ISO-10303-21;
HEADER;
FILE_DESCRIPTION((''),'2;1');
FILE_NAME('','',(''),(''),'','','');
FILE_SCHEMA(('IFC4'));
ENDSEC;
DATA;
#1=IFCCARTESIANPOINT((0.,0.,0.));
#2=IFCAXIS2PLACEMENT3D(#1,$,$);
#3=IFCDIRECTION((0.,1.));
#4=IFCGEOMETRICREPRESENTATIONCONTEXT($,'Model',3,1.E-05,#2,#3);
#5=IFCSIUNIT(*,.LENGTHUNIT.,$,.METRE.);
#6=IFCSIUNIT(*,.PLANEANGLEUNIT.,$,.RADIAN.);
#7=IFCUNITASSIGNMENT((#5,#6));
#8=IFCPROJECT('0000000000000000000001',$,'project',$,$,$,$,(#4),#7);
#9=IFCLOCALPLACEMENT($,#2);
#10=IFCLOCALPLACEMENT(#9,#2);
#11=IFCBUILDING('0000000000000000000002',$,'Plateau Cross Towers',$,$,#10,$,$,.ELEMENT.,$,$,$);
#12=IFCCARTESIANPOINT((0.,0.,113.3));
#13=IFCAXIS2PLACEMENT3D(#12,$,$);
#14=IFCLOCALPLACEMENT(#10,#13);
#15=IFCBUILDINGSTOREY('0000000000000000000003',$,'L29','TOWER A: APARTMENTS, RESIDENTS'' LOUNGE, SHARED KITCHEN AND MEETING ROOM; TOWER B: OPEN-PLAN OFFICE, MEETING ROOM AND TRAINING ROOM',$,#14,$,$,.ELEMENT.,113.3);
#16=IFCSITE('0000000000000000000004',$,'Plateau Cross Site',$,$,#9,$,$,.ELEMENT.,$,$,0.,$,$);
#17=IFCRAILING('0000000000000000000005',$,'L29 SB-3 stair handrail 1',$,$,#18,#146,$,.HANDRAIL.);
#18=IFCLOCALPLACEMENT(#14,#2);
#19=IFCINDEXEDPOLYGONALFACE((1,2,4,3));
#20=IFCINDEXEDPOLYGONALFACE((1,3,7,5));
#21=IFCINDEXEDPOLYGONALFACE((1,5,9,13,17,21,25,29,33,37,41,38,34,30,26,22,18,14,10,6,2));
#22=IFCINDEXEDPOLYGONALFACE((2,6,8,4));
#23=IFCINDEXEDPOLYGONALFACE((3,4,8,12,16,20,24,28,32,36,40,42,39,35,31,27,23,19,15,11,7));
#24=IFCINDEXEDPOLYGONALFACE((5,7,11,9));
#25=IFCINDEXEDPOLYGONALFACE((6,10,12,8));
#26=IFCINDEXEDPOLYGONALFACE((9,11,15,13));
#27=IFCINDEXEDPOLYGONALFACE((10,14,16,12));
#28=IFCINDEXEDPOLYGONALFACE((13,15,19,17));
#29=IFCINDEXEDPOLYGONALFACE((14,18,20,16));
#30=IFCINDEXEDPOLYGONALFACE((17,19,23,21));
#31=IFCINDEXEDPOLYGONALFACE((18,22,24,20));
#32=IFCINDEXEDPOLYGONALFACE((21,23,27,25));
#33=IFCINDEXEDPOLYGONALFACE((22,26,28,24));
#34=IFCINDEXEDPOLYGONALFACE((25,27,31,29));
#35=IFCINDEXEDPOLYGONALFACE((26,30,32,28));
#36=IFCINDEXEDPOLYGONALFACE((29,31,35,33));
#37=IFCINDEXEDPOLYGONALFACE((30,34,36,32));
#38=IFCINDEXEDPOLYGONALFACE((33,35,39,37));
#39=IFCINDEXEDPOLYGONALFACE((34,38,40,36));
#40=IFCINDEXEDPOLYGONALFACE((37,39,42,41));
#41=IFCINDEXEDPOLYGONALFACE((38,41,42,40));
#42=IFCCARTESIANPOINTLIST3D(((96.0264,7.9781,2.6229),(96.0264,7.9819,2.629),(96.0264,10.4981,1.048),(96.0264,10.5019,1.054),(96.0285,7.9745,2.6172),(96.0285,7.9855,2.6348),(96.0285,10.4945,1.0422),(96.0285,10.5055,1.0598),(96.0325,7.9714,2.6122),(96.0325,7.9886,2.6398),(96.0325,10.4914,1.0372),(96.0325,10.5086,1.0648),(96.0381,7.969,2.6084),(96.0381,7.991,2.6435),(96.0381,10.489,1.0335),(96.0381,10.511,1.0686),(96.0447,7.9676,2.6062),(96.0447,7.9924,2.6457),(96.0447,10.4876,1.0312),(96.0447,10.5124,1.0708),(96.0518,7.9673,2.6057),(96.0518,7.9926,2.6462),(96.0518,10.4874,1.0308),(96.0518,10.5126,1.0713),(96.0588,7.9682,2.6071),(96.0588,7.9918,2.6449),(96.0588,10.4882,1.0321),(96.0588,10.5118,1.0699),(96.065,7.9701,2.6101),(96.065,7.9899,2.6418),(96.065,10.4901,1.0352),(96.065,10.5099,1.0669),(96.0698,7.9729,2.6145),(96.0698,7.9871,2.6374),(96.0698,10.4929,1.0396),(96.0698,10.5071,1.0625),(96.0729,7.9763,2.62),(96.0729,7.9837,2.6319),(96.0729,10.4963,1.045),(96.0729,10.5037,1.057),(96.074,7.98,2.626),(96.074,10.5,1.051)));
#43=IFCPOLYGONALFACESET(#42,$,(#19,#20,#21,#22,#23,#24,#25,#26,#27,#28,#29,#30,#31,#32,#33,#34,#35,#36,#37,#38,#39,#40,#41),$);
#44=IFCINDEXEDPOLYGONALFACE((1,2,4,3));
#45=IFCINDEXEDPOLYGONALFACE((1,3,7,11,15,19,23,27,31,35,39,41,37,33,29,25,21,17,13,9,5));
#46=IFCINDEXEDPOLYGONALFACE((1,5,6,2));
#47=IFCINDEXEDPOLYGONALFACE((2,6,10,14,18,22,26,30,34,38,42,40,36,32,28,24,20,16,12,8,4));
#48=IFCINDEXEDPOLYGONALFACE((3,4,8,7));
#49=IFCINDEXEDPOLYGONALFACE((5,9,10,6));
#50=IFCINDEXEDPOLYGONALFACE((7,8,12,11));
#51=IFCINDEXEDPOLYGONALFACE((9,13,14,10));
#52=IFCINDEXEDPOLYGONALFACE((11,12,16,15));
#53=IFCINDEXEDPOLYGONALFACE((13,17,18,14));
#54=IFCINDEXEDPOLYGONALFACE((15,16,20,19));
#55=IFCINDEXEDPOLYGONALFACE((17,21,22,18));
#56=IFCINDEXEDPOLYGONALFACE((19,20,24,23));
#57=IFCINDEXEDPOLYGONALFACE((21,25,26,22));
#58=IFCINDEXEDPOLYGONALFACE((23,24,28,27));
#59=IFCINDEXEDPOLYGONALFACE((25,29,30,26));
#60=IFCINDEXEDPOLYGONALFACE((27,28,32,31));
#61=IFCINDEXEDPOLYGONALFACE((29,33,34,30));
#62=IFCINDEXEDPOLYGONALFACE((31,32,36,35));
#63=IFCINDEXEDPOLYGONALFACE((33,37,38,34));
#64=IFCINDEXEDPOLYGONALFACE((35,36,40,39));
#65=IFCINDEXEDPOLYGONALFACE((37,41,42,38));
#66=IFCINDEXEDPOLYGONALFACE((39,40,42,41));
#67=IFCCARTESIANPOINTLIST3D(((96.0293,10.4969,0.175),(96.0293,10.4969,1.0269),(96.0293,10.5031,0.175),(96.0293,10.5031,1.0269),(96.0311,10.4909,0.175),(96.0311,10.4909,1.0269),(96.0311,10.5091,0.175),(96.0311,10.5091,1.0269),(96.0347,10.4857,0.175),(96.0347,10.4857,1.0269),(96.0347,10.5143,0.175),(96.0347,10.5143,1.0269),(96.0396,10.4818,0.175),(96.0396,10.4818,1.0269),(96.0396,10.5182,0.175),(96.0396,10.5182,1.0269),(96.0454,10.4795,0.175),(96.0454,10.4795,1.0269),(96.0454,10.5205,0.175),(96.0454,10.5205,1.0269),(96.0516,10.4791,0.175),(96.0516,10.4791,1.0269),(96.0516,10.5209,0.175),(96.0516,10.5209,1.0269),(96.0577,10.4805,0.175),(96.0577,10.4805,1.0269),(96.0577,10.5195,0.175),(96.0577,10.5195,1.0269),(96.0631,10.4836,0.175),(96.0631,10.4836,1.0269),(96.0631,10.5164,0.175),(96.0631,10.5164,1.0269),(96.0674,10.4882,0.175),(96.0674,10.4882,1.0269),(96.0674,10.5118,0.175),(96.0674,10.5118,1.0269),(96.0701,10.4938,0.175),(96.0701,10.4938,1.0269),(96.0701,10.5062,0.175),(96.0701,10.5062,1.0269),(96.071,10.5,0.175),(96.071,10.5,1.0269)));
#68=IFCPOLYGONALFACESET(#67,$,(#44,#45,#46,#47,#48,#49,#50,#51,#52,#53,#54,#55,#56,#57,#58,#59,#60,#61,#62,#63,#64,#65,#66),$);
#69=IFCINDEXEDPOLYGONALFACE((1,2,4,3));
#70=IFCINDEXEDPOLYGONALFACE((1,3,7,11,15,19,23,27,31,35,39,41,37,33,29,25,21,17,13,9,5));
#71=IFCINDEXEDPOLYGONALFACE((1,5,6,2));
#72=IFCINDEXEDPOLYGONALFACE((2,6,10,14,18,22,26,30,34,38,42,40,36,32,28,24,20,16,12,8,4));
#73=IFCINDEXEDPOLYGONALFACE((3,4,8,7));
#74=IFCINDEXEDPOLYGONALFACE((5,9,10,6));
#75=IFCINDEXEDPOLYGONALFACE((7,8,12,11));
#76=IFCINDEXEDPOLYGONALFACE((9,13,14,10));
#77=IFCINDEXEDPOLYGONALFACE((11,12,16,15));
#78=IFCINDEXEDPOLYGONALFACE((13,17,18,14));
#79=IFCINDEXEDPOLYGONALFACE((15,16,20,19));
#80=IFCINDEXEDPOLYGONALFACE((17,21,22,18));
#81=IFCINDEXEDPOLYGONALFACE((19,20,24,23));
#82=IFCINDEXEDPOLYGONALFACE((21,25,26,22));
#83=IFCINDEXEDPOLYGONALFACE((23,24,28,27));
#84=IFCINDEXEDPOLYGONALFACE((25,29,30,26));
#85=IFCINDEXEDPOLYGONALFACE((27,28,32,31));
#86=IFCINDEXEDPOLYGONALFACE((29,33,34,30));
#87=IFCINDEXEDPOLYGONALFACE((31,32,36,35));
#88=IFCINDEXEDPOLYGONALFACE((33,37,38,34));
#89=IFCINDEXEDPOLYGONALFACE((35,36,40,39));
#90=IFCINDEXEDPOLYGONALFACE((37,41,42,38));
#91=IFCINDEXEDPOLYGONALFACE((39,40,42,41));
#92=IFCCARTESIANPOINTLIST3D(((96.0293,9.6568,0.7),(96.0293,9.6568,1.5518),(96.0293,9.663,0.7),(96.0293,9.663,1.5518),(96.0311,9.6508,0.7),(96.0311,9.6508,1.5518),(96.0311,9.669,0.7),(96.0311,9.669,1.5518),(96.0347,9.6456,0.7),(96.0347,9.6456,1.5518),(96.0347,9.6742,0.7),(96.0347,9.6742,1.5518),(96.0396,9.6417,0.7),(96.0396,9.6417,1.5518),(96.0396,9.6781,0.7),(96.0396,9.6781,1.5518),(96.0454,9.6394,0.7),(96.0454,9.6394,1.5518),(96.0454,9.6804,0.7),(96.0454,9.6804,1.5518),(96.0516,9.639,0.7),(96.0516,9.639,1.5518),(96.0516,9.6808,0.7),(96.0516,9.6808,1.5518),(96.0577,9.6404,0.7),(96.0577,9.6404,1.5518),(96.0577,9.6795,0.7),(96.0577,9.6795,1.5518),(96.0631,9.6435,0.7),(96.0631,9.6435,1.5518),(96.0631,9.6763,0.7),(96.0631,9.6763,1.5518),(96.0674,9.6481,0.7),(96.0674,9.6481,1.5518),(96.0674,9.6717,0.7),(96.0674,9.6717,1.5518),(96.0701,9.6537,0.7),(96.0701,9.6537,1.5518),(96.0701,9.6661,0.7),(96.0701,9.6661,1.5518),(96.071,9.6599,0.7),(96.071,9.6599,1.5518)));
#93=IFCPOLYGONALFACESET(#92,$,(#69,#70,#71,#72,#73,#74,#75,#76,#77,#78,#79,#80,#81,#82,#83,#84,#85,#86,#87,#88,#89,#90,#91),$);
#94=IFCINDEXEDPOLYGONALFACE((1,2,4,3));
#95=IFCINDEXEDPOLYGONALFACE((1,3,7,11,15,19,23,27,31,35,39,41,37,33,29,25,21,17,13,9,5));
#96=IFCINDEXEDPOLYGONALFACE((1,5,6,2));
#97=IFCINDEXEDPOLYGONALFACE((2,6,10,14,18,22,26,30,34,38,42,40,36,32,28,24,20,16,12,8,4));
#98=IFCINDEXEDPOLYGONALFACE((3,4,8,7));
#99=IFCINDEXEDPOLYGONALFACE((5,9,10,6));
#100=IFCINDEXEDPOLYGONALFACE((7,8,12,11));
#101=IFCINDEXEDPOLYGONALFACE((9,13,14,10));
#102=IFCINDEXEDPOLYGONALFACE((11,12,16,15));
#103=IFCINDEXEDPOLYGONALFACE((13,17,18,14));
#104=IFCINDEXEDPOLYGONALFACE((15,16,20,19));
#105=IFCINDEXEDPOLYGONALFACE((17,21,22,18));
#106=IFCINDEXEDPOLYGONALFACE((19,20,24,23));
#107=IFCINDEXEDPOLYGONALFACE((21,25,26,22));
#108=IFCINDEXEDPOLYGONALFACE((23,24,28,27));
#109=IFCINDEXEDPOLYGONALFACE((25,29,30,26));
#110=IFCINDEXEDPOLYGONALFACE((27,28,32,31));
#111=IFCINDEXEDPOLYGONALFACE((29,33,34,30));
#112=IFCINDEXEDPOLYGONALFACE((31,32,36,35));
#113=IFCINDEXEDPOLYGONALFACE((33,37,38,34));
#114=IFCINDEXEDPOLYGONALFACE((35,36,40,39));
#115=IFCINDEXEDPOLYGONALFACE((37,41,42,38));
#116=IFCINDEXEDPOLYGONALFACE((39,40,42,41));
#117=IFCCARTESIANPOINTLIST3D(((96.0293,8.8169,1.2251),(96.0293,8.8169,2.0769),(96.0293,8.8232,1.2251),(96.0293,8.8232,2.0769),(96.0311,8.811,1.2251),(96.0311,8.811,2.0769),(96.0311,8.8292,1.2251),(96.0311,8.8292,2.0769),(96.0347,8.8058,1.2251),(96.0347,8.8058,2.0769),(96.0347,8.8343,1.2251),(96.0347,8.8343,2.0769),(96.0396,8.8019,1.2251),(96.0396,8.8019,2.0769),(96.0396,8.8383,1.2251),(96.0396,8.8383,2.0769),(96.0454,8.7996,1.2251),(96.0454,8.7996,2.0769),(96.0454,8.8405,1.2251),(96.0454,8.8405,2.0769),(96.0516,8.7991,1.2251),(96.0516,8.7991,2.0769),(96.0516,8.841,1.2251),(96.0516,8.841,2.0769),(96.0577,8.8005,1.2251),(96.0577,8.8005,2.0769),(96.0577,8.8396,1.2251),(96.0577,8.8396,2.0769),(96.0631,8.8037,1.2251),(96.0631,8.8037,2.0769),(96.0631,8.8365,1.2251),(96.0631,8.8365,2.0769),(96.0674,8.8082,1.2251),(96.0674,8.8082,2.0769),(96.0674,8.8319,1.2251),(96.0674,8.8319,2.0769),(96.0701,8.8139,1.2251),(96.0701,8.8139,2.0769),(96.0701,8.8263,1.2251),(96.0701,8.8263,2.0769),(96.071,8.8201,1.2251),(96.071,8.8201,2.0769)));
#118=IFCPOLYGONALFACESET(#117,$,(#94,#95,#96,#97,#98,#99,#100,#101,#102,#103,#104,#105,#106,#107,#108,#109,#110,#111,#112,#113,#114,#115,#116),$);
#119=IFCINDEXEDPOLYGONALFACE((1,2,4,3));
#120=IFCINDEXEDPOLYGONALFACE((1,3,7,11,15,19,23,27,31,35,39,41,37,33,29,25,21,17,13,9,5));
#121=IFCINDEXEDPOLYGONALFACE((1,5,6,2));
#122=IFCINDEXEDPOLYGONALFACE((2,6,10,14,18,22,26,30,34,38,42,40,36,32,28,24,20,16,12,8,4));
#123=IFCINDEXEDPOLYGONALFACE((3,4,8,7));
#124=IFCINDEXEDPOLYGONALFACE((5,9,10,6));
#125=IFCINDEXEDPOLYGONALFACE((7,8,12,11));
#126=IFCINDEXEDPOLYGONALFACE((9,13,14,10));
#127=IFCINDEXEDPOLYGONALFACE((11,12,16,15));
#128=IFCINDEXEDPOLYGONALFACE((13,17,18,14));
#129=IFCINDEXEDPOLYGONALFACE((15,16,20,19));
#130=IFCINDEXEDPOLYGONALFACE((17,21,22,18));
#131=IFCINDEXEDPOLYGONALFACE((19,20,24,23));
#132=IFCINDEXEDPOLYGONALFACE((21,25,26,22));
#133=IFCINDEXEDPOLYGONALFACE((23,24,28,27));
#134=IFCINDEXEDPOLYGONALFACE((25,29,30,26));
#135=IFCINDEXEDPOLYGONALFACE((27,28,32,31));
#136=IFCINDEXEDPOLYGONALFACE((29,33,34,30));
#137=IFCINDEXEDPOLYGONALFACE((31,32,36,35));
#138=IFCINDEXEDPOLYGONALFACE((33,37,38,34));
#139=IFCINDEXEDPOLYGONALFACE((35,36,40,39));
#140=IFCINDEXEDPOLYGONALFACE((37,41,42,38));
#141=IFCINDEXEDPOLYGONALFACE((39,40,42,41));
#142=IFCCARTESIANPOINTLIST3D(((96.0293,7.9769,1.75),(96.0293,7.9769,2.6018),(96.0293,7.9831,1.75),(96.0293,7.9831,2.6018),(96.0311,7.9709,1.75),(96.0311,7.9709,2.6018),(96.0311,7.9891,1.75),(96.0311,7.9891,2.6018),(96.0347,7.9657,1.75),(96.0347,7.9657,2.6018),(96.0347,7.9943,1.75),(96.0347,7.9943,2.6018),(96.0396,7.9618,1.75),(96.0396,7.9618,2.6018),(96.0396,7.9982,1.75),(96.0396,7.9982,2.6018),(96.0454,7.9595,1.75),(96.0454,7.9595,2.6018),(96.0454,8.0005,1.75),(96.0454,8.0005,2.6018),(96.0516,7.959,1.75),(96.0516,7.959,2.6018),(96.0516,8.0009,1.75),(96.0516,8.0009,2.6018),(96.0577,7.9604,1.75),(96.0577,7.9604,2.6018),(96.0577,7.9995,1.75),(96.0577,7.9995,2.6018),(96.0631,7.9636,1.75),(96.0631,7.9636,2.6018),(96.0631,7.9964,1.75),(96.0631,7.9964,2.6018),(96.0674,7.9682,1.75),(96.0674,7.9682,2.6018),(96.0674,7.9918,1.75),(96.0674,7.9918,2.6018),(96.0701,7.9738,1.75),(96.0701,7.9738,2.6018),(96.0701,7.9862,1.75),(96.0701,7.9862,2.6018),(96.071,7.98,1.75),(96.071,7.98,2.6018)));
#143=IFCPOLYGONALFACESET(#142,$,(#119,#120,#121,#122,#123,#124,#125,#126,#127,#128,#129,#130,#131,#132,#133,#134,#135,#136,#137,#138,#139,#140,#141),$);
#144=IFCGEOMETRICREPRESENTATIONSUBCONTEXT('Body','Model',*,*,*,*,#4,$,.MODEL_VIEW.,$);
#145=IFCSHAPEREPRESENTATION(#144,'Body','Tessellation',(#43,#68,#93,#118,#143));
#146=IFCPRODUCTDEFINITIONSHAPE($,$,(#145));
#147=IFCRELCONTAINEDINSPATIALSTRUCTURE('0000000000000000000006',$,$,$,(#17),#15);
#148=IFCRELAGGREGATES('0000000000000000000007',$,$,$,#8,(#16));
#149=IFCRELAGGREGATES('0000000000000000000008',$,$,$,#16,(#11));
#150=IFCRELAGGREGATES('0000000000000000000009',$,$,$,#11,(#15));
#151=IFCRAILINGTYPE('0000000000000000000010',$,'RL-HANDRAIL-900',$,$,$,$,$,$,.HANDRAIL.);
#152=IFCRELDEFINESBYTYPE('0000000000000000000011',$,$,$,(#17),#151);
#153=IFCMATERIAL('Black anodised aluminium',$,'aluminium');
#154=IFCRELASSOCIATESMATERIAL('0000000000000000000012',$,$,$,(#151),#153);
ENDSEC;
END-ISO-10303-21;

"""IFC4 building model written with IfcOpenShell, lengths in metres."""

from ifc_helpers import new_model, si_unit, direction, frame, origin, origin_2d, place, context, subcontext, project, spatial, circle, extrude, material, type_object, element, save


model = new_model("IFC4")

# Units and contexts
model_context = context("Model", 3, precision=1e-05, world=origin(), true_north=direction((0.0, 1.0)))
body_context = subcontext(model_context, "Body", "Model", "MODEL_VIEW")
ifc_project = project(units=[si_unit("LENGTHUNIT", "METRE"), si_unit("PLANEANGLEUNIT", "RADIAN")], contexts=[model_context])

# Site, building, storey
site_placement = place(None, origin())
site = spatial("IfcSite", under=ifc_project, at=site_placement, Name="Plateau Cross Site", CompositionType="ELEMENT", RefElevation=0.0)
building_placement = place(site_placement, origin())
building = spatial("IfcBuilding", under=site, at=building_placement, Name="Plateau Cross Towers", CompositionType="ELEMENT")
storey_placement = place(building_placement, frame((0.0, 0.0, 113.3)))
storey = spatial("IfcBuildingStorey", under=building, at=storey_placement, Name="L29", Description="TOWER A: APARTMENTS, RESIDENTS' LOUNGE, SHARED KITCHEN AND MEETING ROOM; TOWER B: OPEN-PLAN OFFICE, MEETING ROOM AND TRAINING ROOM", CompositionType="ELEMENT", Elevation=113.3)

# Shared definitions
ifc_material_1 = material(Name="Black anodised aluminium", Category="aluminium")

# Railing
railing_type_1 = type_object("IfcRailingType", Name="RL-HANDRAIL-900", PredefinedType="HANDRAIL", material=ifc_material_1)
railing_1_placement = place(storey_placement, frame((96.05, 10.5, 0.175)))
element("IfcRailing", 1, at=railing_1_placement, inside=storey, type_object=railing_type_1, Name="L29 SB-3 stair handrail 1", PredefinedType="HANDRAIL", context=body_context, shape_type="SweptSolid", body=[
    extrude(circle(Radius=0.0239, at=origin_2d()), frame((0.0, 0.0, 0.876), z_axis=(0.0, -0.848008, 0.529984), x_axis=(1.0, 0.0, 0.0)), (0.0, 0.0, 1.0), 2.9717),
    extrude(circle(Radius=0.021, at=origin_2d()), origin(), (0.0, 0.0, 1.0), 0.8518),
    extrude(circle(Radius=0.021, at=origin_2d()), frame((0.0, -0.8401, 0.5249)), (0.0, 0.0, 1.0), 0.8518),
    extrude(circle(Radius=0.021, at=origin_2d()), frame((0.0, -1.6799, 1.05)), (0.0, 0.0, 1.0), 0.8518),
    extrude(circle(Radius=0.021, at=origin_2d()), frame((0.0, -2.52, 1.575)), (0.0, 0.0, 1.0), 0.8518),
])

save(model, "model.ifc")
